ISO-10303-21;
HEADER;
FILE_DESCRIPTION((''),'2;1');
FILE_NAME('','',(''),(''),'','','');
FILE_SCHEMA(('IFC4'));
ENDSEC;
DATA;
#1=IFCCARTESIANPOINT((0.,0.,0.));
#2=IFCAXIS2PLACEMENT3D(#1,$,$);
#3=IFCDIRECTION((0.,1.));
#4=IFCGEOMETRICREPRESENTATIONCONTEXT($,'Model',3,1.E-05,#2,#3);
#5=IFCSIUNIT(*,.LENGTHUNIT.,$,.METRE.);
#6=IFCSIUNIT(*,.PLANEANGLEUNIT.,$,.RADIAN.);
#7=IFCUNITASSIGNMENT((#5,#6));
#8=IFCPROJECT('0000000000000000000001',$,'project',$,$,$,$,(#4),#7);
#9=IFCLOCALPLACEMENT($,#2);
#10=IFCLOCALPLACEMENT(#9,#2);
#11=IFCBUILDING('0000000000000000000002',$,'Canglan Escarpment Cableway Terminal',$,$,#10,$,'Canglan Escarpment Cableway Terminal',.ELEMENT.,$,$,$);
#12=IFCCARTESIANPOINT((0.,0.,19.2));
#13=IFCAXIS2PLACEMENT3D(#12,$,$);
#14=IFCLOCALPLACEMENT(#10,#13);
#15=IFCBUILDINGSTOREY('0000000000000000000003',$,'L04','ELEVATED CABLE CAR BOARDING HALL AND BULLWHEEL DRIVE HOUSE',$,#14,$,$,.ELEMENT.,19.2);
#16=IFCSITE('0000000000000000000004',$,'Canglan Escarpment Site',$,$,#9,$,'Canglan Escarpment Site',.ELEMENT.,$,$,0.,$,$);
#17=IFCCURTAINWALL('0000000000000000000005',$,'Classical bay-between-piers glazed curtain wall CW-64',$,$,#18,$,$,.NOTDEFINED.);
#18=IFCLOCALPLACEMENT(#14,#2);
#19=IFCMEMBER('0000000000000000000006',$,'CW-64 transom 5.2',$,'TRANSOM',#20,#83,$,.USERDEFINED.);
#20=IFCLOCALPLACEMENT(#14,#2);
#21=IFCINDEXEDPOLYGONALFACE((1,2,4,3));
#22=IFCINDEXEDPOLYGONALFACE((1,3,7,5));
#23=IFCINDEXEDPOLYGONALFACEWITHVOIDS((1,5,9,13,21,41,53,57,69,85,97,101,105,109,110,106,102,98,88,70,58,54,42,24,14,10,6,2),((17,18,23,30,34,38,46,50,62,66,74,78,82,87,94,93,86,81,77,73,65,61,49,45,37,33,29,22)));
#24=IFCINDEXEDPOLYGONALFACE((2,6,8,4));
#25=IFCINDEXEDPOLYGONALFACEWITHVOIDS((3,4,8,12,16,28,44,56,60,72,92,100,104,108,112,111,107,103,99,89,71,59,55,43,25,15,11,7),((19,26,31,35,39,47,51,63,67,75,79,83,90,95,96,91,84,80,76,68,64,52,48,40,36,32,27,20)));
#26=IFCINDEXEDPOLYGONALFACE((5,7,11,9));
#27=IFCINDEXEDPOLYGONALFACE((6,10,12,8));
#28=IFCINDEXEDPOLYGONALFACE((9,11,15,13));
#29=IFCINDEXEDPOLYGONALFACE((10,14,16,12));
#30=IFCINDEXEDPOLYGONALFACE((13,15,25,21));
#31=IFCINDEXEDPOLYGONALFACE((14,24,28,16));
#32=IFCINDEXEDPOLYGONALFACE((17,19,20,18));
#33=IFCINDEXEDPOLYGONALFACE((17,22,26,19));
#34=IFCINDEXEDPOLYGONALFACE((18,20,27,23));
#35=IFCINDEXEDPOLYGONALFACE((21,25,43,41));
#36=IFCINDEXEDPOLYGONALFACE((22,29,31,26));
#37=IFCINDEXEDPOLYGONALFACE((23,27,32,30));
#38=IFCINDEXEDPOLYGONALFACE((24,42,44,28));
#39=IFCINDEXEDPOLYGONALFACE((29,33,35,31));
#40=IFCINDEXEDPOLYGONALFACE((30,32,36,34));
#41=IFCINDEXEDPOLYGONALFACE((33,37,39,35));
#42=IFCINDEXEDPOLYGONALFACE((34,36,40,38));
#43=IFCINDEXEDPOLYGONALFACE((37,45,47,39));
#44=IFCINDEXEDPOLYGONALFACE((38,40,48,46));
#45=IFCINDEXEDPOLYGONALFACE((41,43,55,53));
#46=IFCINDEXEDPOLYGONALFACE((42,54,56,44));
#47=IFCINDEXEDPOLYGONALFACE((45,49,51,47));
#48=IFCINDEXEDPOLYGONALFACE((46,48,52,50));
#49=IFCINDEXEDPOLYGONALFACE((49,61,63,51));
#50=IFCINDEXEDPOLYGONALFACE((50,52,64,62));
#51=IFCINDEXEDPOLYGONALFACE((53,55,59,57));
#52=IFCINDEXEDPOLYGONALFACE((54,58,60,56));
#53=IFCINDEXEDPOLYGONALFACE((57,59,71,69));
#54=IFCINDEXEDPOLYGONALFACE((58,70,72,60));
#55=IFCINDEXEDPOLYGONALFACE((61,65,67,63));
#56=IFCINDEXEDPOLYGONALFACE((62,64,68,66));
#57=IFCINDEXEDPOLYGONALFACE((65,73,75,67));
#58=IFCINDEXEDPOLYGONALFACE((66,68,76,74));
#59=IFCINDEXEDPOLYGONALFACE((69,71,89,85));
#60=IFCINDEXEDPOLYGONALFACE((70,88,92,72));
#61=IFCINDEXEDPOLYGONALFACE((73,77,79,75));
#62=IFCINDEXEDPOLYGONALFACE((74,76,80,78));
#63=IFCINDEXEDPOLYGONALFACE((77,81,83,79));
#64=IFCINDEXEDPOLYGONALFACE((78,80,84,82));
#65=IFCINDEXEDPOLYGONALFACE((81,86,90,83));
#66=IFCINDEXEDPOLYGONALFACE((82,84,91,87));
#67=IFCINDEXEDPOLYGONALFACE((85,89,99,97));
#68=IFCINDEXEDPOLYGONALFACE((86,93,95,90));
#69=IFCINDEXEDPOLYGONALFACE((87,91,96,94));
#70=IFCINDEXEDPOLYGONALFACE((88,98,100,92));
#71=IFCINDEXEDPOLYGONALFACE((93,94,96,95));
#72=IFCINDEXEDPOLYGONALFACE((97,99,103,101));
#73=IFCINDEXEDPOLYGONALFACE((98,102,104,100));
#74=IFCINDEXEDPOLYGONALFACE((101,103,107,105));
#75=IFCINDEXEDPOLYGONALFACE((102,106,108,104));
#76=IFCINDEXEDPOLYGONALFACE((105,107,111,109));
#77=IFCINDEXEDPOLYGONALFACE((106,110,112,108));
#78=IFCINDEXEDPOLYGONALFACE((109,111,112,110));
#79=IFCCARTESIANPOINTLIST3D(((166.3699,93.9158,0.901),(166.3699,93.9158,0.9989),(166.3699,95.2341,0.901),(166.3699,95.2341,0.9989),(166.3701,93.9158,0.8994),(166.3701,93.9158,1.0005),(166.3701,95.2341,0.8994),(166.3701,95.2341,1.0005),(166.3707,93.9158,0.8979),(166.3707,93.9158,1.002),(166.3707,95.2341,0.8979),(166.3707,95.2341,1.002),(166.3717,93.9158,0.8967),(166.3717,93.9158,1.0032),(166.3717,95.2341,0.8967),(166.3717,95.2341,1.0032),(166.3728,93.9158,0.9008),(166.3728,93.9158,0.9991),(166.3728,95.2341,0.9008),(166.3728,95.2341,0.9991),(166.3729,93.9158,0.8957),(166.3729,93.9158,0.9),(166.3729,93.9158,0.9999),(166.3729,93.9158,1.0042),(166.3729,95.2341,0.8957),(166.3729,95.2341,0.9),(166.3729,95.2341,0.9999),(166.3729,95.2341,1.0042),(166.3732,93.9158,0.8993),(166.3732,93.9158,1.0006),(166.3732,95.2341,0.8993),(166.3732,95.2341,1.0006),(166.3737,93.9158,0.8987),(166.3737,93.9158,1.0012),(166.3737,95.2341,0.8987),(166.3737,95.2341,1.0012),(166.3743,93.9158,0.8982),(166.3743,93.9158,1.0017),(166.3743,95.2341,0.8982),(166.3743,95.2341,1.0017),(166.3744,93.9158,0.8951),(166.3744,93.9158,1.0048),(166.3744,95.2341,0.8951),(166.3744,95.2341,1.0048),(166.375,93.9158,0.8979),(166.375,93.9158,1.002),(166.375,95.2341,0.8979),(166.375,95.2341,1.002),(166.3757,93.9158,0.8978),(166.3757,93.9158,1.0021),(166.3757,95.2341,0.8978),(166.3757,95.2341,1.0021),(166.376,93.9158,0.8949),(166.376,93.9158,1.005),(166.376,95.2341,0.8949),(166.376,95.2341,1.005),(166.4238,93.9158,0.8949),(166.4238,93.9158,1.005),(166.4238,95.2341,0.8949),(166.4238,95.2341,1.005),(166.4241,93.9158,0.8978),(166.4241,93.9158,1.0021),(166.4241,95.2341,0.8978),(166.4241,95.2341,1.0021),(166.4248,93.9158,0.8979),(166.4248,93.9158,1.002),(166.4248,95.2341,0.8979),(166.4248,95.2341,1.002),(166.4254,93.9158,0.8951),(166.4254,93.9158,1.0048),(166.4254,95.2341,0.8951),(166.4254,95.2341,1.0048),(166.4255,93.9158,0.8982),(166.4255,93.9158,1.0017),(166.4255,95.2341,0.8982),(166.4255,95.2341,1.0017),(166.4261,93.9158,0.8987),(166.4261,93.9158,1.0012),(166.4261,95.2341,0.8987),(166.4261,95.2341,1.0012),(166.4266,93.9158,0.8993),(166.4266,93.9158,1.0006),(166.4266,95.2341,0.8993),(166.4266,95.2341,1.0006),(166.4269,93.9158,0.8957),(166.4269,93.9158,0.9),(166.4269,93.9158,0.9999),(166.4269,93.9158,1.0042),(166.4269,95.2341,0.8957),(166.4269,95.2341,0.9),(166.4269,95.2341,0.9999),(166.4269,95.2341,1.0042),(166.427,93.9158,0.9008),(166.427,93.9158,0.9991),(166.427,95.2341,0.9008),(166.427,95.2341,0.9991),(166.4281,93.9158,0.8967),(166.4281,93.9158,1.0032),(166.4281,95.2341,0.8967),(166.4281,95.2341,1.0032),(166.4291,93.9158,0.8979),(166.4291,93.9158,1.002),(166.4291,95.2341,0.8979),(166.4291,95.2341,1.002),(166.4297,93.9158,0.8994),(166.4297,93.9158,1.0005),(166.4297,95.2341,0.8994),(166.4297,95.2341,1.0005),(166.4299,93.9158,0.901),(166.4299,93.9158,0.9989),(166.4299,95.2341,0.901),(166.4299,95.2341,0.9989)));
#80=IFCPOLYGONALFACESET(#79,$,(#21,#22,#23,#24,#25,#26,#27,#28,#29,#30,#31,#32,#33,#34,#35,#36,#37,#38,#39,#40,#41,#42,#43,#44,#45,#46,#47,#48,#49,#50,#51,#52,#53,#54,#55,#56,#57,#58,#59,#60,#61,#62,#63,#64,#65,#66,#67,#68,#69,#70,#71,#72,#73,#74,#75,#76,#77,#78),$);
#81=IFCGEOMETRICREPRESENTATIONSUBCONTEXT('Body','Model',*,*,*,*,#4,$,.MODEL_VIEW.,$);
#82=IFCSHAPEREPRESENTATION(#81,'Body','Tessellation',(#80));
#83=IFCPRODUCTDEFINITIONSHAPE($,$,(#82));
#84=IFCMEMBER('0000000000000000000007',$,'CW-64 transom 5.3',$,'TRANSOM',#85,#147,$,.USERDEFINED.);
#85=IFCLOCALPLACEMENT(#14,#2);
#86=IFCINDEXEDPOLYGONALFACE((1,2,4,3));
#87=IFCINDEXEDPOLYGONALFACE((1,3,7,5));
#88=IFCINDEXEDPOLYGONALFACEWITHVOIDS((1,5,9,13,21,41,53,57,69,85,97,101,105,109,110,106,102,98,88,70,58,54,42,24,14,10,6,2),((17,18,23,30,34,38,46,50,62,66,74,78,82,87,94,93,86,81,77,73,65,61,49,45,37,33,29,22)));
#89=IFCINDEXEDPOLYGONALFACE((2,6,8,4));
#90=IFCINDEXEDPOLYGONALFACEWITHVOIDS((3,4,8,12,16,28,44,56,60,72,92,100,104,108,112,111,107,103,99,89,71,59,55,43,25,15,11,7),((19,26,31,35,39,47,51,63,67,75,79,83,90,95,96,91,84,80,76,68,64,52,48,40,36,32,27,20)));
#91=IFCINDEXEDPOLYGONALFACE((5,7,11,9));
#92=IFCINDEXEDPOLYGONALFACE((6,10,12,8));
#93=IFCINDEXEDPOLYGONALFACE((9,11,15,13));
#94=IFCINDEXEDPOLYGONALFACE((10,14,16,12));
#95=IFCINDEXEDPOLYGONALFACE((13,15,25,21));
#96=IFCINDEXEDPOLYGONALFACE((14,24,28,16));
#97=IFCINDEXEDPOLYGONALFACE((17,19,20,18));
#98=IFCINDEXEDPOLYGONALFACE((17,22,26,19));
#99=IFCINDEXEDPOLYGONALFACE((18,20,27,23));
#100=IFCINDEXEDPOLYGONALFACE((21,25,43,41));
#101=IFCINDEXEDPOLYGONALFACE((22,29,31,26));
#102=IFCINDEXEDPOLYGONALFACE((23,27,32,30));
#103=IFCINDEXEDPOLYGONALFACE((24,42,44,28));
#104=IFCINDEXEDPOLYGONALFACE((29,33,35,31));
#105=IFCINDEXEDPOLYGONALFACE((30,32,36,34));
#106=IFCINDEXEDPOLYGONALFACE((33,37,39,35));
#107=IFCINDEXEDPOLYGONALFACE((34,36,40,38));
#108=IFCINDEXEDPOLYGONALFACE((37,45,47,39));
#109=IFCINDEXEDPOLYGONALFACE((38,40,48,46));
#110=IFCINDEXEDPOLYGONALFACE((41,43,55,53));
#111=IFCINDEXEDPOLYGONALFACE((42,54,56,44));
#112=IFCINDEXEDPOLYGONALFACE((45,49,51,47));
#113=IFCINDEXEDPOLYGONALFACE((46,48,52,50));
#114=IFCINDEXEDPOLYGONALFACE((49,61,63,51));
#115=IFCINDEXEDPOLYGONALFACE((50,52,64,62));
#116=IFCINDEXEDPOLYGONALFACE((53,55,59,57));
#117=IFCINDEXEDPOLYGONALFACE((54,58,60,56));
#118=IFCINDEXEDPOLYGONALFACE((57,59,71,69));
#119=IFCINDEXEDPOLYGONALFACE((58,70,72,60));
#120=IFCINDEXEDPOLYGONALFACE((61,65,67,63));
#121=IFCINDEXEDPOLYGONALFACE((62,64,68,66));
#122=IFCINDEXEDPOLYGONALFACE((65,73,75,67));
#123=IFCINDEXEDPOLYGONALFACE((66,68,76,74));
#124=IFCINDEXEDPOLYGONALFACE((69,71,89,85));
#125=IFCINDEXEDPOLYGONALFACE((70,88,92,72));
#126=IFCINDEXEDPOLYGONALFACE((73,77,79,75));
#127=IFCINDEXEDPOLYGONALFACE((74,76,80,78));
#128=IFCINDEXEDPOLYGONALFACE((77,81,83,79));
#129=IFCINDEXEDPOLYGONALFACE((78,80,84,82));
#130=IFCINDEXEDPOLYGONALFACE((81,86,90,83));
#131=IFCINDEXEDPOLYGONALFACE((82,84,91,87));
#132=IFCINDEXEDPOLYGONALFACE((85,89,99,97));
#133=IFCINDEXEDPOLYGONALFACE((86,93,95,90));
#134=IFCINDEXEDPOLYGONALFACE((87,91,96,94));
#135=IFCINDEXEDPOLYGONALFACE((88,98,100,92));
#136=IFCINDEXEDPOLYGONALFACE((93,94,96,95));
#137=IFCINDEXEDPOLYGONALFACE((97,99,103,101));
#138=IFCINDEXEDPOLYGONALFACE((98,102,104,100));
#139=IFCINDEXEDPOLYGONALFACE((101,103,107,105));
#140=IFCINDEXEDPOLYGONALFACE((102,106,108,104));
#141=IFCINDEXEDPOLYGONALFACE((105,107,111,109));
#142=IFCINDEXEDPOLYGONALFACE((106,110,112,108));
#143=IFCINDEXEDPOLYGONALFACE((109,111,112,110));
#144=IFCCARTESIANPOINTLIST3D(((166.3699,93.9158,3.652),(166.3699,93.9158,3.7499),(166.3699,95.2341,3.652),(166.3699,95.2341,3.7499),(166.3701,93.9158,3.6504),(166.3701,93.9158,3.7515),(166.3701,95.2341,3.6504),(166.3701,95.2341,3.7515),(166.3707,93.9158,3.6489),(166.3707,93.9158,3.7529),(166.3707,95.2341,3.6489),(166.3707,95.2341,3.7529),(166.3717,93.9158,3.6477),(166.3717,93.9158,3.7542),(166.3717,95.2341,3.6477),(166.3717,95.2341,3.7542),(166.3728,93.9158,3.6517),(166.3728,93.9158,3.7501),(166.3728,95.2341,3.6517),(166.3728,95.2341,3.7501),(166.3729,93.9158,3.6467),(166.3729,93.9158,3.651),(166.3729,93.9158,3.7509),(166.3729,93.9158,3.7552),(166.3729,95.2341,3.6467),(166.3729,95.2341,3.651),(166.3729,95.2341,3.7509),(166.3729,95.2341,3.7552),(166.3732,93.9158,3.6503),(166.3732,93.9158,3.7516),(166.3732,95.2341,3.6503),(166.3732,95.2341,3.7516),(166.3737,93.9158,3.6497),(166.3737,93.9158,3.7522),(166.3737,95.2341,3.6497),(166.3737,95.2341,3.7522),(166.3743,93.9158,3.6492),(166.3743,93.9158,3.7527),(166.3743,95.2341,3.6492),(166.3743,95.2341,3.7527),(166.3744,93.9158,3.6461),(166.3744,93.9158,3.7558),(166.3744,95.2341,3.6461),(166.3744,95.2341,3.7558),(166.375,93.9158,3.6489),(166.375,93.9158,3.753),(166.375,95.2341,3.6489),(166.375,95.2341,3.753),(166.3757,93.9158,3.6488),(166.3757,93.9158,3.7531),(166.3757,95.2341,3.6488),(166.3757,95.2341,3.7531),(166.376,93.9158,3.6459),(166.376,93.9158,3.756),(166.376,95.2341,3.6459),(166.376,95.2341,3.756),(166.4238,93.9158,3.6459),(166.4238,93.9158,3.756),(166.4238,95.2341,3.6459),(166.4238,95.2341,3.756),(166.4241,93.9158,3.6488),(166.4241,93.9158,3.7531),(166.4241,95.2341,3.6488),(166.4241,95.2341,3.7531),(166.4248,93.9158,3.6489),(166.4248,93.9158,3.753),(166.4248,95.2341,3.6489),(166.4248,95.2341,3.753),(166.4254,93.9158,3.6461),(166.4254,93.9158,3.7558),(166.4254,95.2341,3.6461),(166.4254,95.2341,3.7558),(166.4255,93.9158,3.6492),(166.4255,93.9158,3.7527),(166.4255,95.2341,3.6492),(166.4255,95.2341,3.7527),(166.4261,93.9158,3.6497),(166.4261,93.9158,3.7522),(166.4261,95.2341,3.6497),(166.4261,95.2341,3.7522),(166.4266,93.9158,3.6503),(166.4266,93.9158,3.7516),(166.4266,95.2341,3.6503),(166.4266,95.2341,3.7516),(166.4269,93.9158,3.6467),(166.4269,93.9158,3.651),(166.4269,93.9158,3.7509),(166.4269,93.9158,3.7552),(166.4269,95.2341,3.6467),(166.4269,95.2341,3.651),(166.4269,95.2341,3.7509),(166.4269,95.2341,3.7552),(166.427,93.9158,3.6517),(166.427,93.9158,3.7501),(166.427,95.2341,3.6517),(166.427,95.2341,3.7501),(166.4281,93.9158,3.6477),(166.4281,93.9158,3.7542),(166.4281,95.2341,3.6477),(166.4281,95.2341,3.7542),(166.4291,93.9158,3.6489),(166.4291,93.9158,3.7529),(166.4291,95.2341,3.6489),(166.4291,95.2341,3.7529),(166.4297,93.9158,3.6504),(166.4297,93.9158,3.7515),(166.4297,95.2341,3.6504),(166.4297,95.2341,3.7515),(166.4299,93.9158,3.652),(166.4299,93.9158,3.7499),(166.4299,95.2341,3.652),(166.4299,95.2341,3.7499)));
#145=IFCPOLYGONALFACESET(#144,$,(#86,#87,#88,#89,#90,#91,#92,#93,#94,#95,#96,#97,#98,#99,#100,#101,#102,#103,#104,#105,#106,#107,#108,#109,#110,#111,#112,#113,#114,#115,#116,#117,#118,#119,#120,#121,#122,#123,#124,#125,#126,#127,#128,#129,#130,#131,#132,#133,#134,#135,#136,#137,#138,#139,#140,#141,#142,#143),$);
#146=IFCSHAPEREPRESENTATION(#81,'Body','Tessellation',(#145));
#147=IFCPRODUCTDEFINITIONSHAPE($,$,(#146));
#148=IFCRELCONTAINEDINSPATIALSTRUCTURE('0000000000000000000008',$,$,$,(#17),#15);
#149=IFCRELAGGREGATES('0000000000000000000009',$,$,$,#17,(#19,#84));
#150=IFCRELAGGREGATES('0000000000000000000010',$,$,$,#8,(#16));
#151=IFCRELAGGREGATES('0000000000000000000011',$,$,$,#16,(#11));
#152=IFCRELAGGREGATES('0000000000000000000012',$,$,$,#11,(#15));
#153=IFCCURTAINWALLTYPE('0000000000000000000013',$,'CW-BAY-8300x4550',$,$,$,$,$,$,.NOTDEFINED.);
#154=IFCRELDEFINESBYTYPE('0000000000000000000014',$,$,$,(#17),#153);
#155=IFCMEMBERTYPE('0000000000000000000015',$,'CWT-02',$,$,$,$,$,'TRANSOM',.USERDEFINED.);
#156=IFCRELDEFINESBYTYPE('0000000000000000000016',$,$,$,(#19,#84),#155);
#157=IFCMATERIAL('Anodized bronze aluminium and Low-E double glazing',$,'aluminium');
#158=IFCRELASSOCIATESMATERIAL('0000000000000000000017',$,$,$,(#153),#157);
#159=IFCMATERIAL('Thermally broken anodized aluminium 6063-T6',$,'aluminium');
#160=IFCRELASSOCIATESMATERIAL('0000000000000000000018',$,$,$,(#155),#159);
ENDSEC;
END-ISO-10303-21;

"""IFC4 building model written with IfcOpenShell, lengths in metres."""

from ifc_helpers import new_model, si_unit, direction, frame, origin, origin_2d, place, context, subcontext, project, spatial, hollow_rectangle, extrude, material, material_profile, profile_set, type_object, element, aggregate, save


model = new_model("IFC4")

# Units and contexts
model_context = context("Model", 3, precision=1e-05, world=origin(), true_north=direction((0.0, 1.0)))
body_context = subcontext(model_context, "Body", "Model", "MODEL_VIEW")
ifc_project = project(units=[si_unit("LENGTHUNIT", "METRE"), si_unit("PLANEANGLEUNIT", "RADIAN")], contexts=[model_context])

# Site, building, storey
site_placement = place(None, origin())
site = spatial("IfcSite", under=ifc_project, at=site_placement, Name="Canglan Escarpment Site", LongName="Canglan Escarpment Site", CompositionType="ELEMENT", RefElevation=0.0)
building_placement = place(site_placement, origin())
building = spatial("IfcBuilding", under=site, at=building_placement, Name="Canglan Escarpment Cableway Terminal", LongName="Canglan Escarpment Cableway Terminal", CompositionType="ELEMENT")
storey_placement = place(building_placement, frame((0.0, 0.0, 19.2)))
storey = spatial("IfcBuildingStorey", under=building, at=storey_placement, Name="L04", Description="ELEVATED CABLE CAR BOARDING HALL AND BULLWHEEL DRIVE HOUSE", CompositionType="ELEMENT", Elevation=19.2)

# Curtain wall
ifc_material_1 = material(Name="Anodized bronze aluminium and Low-E double glazing", Category="aluminium")
curtain_wall_type = type_object("IfcCurtainWallType", Name="CW-BAY-8300x4550", PredefinedType="NOTDEFINED", material=ifc_material_1)
curtain_wall_1_placement = place(storey_placement, origin())
curtain_wall_1 = element("IfcCurtainWall", 1, at=curtain_wall_1_placement, inside=storey, type_object=curtain_wall_type, Name="Classical bay-between-piers glazed curtain wall CW-64", PredefinedType="NOTDEFINED")
ifc_material_2 = material(Name="Thermally broken anodized aluminium 6063-T6", Category="aluminium")

# Members
ifc_material_profile_1 = material_profile(ifc_material_2, hollow_rectangle(XDim=0.0601, YDim=0.1101, WallThickness=0.0029, InnerFilletRadius=0.0029, OuterFilletRadius=0.0061, at=origin_2d()), Name="ALU-TRAN 60x110x3")
ifc_profile_set_1 = profile_set([ifc_material_profile_1], Name="Thermally broken anodized aluminium 6063-T6")
member_type_1 = type_object("IfcMemberType", Name="CWT-02", ElementType="TRANSOM", PredefinedType="USERDEFINED", material=ifc_profile_set_1)
member_1_placement = place(storey_placement, frame((166.3999, 93.9158, 0.95), z_axis=(0.0, 1.0, 0.0), x_axis=(-1.0, 0.0, 0.0)))
member_1 = element("IfcMember", 2, at=member_1_placement, type_object=member_type_1, Name="CW-64 transom 5.2", ObjectType="TRANSOM", PredefinedType="USERDEFINED", context=body_context, shape_type="SweptSolid", body=[
    extrude(hollow_rectangle(XDim=0.0601, YDim=0.1101, WallThickness=0.0029, InnerFilletRadius=0.0029, OuterFilletRadius=0.0061, at=origin_2d()), origin(), (0.0, 0.0, 1.0), 1.3184),
])
member_2_placement = place(storey_placement, frame((166.3999, 93.9158, 3.7009), z_axis=(0.0, 1.0, 0.0), x_axis=(-1.0, 0.0, 0.0)))
member_2 = element("IfcMember", 3, at=member_2_placement, type_object=member_type_1, Name="CW-64 transom 5.3", ObjectType="TRANSOM", PredefinedType="USERDEFINED", context=body_context, shape_type="SweptSolid", body=[
    extrude(hollow_rectangle(XDim=0.0601, YDim=0.1101, WallThickness=0.0029, InnerFilletRadius=0.0029, OuterFilletRadius=0.0061, at=origin_2d()), origin(), (0.0, 0.0, 1.0), 1.3184),
])

aggregate(curtain_wall_1, [member_1, member_2])

save(model, "model.ifc")
